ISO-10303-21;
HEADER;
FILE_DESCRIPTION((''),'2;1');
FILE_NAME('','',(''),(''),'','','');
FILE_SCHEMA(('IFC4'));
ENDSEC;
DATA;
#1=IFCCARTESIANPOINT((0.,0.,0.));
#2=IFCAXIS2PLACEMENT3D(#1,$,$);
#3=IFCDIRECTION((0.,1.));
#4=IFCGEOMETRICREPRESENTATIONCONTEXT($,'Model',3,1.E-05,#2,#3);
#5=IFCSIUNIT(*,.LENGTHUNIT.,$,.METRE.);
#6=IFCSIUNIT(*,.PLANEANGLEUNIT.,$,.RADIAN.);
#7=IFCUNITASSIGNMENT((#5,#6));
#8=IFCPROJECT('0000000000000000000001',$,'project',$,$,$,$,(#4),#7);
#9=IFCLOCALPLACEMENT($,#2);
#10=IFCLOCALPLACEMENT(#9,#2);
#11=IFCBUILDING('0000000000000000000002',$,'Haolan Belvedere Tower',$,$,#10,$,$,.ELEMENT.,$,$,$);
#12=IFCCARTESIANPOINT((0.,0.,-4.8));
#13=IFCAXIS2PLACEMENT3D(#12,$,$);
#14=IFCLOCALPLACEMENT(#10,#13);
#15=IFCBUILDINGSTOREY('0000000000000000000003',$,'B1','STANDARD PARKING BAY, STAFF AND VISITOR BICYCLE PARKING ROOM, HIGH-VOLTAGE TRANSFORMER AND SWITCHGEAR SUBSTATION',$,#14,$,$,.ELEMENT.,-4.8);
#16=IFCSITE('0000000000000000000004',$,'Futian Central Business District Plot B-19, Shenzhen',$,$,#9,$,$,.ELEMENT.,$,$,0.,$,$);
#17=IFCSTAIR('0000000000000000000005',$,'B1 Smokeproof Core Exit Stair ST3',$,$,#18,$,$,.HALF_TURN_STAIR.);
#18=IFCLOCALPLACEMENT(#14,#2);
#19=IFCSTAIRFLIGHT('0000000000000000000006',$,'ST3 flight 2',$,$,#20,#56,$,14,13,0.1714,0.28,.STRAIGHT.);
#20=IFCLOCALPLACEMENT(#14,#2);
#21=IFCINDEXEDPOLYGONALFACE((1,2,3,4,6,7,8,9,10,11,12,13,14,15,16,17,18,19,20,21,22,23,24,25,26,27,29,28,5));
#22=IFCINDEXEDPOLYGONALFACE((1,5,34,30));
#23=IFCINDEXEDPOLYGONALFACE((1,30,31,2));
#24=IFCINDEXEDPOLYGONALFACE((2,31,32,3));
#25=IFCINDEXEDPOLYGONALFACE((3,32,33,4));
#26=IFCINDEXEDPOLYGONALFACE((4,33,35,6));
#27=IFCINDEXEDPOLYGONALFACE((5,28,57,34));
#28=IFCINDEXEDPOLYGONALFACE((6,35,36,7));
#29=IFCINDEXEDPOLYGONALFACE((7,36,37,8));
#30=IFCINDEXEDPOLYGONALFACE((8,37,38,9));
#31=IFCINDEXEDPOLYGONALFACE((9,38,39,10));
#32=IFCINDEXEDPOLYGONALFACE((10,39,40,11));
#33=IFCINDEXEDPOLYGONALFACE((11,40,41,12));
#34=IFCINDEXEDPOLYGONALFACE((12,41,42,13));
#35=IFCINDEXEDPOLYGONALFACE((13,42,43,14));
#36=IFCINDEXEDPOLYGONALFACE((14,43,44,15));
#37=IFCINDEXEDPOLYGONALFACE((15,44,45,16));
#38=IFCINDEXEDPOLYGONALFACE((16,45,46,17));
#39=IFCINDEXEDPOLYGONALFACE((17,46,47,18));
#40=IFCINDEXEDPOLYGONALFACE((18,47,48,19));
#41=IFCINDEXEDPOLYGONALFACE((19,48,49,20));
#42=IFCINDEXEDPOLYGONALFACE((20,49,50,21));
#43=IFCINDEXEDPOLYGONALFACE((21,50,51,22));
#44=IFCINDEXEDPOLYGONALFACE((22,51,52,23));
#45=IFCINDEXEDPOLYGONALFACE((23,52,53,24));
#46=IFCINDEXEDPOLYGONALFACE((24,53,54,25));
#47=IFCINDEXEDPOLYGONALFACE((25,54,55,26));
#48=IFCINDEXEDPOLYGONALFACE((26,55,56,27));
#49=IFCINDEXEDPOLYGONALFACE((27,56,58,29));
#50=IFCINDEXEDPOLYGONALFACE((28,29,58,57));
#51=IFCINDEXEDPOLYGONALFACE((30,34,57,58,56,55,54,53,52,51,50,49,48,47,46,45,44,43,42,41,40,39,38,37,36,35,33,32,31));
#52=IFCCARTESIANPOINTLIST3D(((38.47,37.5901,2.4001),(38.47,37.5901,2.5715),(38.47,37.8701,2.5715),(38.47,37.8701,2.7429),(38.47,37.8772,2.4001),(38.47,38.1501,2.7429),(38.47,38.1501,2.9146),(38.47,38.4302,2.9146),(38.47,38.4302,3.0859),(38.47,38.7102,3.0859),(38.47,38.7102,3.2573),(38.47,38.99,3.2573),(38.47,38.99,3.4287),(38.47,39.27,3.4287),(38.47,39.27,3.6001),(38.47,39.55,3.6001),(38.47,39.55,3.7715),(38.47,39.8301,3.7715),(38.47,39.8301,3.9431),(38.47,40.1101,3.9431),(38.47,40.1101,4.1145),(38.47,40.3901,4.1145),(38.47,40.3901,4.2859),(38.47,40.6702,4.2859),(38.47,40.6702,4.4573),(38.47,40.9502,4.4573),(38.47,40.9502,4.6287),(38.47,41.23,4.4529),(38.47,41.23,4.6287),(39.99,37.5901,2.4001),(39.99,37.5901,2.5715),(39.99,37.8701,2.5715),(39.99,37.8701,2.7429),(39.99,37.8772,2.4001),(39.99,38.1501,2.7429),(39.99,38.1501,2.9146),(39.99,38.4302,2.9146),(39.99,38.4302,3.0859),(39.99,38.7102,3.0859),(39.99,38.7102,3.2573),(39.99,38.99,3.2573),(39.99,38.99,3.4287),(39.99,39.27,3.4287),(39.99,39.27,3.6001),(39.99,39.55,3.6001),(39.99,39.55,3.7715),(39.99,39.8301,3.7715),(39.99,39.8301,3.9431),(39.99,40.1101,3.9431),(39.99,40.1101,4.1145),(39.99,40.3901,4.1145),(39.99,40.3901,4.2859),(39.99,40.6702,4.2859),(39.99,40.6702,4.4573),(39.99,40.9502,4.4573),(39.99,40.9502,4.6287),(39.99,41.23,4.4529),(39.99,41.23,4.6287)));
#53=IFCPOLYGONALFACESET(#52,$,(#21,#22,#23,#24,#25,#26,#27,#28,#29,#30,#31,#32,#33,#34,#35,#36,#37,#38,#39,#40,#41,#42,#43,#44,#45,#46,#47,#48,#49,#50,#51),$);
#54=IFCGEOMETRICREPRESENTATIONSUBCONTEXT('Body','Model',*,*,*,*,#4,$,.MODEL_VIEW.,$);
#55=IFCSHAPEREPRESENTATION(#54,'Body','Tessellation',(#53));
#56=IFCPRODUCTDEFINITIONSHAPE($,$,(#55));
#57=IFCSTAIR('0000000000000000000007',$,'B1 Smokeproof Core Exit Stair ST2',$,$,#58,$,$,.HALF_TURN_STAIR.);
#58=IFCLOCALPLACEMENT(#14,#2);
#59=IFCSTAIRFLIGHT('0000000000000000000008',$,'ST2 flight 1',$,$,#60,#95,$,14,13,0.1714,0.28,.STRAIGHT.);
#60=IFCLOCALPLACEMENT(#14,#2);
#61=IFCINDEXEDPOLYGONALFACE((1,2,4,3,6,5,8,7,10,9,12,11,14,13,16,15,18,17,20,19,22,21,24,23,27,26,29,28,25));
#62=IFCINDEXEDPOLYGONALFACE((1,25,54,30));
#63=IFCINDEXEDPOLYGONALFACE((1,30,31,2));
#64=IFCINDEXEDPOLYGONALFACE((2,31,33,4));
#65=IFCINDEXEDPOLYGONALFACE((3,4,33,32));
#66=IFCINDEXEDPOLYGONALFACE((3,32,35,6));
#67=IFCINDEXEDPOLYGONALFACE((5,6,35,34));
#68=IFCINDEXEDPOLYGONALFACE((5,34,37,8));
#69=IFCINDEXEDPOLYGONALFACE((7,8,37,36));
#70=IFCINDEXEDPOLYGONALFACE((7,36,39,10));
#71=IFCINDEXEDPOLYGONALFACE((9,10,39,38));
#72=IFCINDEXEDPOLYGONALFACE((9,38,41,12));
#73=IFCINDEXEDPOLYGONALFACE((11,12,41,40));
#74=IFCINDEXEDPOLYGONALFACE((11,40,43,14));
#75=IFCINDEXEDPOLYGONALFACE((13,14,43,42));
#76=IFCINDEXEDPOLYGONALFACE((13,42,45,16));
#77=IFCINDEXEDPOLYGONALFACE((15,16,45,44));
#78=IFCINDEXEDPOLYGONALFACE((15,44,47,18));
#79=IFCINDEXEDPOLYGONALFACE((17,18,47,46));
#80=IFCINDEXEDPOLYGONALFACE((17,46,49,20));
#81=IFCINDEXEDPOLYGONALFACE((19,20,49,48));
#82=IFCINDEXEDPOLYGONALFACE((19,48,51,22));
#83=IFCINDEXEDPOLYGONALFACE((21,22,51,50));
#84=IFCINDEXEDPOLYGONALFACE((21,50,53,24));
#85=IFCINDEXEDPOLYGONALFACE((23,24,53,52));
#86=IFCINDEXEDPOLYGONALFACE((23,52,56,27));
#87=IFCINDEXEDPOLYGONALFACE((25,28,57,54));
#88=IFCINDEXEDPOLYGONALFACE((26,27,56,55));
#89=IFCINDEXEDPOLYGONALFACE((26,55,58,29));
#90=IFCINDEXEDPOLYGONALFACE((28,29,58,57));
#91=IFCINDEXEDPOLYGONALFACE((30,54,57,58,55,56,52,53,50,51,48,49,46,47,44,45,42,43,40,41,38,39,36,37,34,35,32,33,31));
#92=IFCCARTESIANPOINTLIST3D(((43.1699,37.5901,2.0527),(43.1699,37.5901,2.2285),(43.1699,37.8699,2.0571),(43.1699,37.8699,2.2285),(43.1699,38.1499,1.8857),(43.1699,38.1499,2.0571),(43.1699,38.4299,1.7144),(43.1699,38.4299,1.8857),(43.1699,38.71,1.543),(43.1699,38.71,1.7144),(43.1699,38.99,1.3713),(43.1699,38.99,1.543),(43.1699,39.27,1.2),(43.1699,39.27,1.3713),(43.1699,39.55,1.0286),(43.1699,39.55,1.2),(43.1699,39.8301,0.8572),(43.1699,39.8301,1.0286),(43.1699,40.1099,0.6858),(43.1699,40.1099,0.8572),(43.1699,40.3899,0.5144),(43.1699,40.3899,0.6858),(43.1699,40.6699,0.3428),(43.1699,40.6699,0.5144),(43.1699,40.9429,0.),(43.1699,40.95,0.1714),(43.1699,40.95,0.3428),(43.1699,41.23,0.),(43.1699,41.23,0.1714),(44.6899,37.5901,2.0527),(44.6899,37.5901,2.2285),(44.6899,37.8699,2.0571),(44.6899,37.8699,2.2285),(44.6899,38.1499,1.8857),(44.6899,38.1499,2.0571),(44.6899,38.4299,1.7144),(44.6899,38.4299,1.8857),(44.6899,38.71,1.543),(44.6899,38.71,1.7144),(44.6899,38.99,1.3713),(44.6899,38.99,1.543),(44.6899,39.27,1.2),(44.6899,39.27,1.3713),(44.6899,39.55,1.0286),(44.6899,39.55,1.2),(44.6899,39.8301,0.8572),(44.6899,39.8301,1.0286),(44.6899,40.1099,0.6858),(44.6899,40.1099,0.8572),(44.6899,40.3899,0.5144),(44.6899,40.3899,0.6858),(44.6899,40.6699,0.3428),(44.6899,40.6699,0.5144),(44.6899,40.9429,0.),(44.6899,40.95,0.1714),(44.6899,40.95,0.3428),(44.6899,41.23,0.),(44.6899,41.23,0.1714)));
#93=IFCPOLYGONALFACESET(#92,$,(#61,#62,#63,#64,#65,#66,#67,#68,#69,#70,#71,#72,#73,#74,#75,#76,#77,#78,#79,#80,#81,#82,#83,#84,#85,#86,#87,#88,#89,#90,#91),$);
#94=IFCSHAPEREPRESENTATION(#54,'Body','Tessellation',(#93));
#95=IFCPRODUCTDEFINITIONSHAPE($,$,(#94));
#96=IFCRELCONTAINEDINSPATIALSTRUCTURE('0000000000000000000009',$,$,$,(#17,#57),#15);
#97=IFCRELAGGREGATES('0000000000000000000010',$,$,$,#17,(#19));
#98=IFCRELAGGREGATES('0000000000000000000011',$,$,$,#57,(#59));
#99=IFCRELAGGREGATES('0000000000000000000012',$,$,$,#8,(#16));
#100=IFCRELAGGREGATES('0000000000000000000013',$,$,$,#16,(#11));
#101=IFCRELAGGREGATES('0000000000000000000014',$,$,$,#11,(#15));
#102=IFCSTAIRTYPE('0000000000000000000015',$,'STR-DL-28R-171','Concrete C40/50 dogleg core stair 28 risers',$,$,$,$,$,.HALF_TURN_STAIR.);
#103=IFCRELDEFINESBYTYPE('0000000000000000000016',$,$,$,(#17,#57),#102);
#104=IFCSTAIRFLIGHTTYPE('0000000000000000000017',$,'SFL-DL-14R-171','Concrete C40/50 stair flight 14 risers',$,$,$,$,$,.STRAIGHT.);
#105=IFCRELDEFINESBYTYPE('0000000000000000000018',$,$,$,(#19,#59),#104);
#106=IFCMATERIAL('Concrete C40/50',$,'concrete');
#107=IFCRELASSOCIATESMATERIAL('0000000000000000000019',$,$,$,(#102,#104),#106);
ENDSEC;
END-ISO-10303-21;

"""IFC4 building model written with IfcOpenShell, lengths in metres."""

from ifc_helpers import new_model, si_unit, direction, frame, origin, place, context, subcontext, project, spatial, polyline, outline, extrude, material, type_object, element, aggregate, save


model = new_model("IFC4")

# Units and contexts
model_context = context("Model", 3, precision=1e-05, world=origin(), true_north=direction((0.0, 1.0)))
body_context = subcontext(model_context, "Body", "Model", "MODEL_VIEW")
ifc_project = project(units=[si_unit("LENGTHUNIT", "METRE"), si_unit("PLANEANGLEUNIT", "RADIAN")], contexts=[model_context])

# Site, building, storey
site_placement = place(None, origin())
site = spatial("IfcSite", under=ifc_project, at=site_placement, Name="Futian Central Business District Plot B-19, Shenzhen", CompositionType="ELEMENT", RefElevation=0.0)
building_placement = place(site_placement, origin())
building = spatial("IfcBuilding", under=site, at=building_placement, Name="Haolan Belvedere Tower", CompositionType="ELEMENT")
storey_placement = place(building_placement, frame((0.0, 0.0, -4.8)))
storey = spatial("IfcBuildingStorey", under=building, at=storey_placement, Name="B1", Description="STANDARD PARKING BAY, STAFF AND VISITOR BICYCLE PARKING ROOM, HIGH-VOLTAGE TRANSFORMER AND SWITCHGEAR SUBSTATION", CompositionType="ELEMENT", Elevation=-4.8)

# Stair, stair flight
ifc_material_1 = material(Name="Concrete C40/50", Category="concrete")
stair_type = type_object("IfcStairType", Name="STR-DL-28R-171", Description="Concrete C40/50 dogleg core stair 28 risers", PredefinedType="HALF_TURN_STAIR", material=ifc_material_1)
stair_1_placement = place(storey_placement, origin())
stair_1 = element("IfcStair", 1, at=stair_1_placement, inside=storey, type_object=stair_type, Name="B1 Smokeproof Core Exit Stair ST3", PredefinedType="HALF_TURN_STAIR")
stair_flight_type = type_object("IfcStairFlightType", Name="SFL-DL-14R-171", Description="Concrete C40/50 stair flight 14 risers", PredefinedType="STRAIGHT", material=ifc_material_1)
stair_flight_1_placement = place(storey_placement, frame((39.23, 37.5901, 2.4001), z_axis=(0.0, 0.0, 1.0), x_axis=(0.0, 1.0, 0.0)))
stair_flight_1 = element("IfcStairFlight", 2, at=stair_flight_1_placement, type_object=stair_flight_type, Name="ST3 flight 2", NumberOfRisers=14, NumberOfTreads=13, PredefinedType="STRAIGHT", RiserHeight=0.1714, TreadLength=0.28, context=body_context, shape_type="SweptSolid", body=[
    extrude(outline(polyline([(0.0, 0.0), (0.0, 0.1714), (0.28, 0.1714), (0.28, 0.3428), (0.5601, 0.3428), (0.5601, 0.5144), (0.8401, 0.5144), (0.8401, 0.6858), (1.1201, 0.6858), (1.1201, 0.8572), (1.3999, 0.8572), (1.3999, 1.0286), (1.6799, 1.0286), (1.6799, 1.2), (1.96, 1.2), (1.96, 1.3713), (2.24, 1.3713), (2.24, 1.543), (2.52, 1.543), (2.52, 1.7144), (2.8, 1.7144), (2.8, 1.8857), (3.0801, 1.8857), (3.0801, 2.0571), (3.3601, 2.0571), (3.3601, 2.2285), (3.6399, 2.2285), (3.6399, 2.3999), (3.6399, 2.0527), (0.2871, 0.0), (0.0, 0.0)])), frame((0.0, 0.76, 0.0), z_axis=(0.0, -1.0, 0.0), x_axis=(1.0, 0.0, 0.0)), (0.0, 0.0, 1.0), 1.52),
])
aggregate(stair_1, [stair_flight_1])

# Stair, stair flight
stair_2_placement = place(storey_placement, origin())
stair_2 = element("IfcStair", 3, at=stair_2_placement, inside=storey, type_object=stair_type, Name="B1 Smokeproof Core Exit Stair ST2", PredefinedType="HALF_TURN_STAIR")
stair_flight_2_placement = place(storey_placement, frame((43.9299, 41.23, 0.0), z_axis=(0.0, 0.0, 1.0), x_axis=(0.0, -1.0, 0.0)))
stair_flight_2 = element("IfcStairFlight", 4, at=stair_flight_2_placement, type_object=stair_flight_type, Name="ST2 flight 1", NumberOfRisers=14, NumberOfTreads=13, PredefinedType="STRAIGHT", RiserHeight=0.1714, TreadLength=0.28, context=body_context, shape_type="SweptSolid", body=[
    extrude(outline(polyline([(0.0, 0.0), (0.0, 0.1714), (0.28, 0.1714), (0.28, 0.3428), (0.5601, 0.3428), (0.5601, 0.5144), (0.8401, 0.5144), (0.8401, 0.6858), (1.1201, 0.6858), (1.1201, 0.8572), (1.3999, 0.8572), (1.3999, 1.0286), (1.6799, 1.0286), (1.6799, 1.2), (1.96, 1.2), (1.96, 1.3713), (2.24, 1.3713), (2.24, 1.543), (2.52, 1.543), (2.52, 1.7144), (2.8, 1.7144), (2.8, 1.8857), (3.0801, 1.8857), (3.0801, 2.0571), (3.3601, 2.0571), (3.3601, 2.2285), (3.6399, 2.2285), (3.6399, 2.3999), (3.6399, 2.0527), (0.2871, 0.0), (0.0, 0.0)])), frame((0.0, 0.76, 0.0), z_axis=(0.0, -1.0, 0.0), x_axis=(1.0, 0.0, 0.0)), (0.0, 0.0, 1.0), 1.52),
])
aggregate(stair_2, [stair_flight_2])

save(model, "model.ifc")
